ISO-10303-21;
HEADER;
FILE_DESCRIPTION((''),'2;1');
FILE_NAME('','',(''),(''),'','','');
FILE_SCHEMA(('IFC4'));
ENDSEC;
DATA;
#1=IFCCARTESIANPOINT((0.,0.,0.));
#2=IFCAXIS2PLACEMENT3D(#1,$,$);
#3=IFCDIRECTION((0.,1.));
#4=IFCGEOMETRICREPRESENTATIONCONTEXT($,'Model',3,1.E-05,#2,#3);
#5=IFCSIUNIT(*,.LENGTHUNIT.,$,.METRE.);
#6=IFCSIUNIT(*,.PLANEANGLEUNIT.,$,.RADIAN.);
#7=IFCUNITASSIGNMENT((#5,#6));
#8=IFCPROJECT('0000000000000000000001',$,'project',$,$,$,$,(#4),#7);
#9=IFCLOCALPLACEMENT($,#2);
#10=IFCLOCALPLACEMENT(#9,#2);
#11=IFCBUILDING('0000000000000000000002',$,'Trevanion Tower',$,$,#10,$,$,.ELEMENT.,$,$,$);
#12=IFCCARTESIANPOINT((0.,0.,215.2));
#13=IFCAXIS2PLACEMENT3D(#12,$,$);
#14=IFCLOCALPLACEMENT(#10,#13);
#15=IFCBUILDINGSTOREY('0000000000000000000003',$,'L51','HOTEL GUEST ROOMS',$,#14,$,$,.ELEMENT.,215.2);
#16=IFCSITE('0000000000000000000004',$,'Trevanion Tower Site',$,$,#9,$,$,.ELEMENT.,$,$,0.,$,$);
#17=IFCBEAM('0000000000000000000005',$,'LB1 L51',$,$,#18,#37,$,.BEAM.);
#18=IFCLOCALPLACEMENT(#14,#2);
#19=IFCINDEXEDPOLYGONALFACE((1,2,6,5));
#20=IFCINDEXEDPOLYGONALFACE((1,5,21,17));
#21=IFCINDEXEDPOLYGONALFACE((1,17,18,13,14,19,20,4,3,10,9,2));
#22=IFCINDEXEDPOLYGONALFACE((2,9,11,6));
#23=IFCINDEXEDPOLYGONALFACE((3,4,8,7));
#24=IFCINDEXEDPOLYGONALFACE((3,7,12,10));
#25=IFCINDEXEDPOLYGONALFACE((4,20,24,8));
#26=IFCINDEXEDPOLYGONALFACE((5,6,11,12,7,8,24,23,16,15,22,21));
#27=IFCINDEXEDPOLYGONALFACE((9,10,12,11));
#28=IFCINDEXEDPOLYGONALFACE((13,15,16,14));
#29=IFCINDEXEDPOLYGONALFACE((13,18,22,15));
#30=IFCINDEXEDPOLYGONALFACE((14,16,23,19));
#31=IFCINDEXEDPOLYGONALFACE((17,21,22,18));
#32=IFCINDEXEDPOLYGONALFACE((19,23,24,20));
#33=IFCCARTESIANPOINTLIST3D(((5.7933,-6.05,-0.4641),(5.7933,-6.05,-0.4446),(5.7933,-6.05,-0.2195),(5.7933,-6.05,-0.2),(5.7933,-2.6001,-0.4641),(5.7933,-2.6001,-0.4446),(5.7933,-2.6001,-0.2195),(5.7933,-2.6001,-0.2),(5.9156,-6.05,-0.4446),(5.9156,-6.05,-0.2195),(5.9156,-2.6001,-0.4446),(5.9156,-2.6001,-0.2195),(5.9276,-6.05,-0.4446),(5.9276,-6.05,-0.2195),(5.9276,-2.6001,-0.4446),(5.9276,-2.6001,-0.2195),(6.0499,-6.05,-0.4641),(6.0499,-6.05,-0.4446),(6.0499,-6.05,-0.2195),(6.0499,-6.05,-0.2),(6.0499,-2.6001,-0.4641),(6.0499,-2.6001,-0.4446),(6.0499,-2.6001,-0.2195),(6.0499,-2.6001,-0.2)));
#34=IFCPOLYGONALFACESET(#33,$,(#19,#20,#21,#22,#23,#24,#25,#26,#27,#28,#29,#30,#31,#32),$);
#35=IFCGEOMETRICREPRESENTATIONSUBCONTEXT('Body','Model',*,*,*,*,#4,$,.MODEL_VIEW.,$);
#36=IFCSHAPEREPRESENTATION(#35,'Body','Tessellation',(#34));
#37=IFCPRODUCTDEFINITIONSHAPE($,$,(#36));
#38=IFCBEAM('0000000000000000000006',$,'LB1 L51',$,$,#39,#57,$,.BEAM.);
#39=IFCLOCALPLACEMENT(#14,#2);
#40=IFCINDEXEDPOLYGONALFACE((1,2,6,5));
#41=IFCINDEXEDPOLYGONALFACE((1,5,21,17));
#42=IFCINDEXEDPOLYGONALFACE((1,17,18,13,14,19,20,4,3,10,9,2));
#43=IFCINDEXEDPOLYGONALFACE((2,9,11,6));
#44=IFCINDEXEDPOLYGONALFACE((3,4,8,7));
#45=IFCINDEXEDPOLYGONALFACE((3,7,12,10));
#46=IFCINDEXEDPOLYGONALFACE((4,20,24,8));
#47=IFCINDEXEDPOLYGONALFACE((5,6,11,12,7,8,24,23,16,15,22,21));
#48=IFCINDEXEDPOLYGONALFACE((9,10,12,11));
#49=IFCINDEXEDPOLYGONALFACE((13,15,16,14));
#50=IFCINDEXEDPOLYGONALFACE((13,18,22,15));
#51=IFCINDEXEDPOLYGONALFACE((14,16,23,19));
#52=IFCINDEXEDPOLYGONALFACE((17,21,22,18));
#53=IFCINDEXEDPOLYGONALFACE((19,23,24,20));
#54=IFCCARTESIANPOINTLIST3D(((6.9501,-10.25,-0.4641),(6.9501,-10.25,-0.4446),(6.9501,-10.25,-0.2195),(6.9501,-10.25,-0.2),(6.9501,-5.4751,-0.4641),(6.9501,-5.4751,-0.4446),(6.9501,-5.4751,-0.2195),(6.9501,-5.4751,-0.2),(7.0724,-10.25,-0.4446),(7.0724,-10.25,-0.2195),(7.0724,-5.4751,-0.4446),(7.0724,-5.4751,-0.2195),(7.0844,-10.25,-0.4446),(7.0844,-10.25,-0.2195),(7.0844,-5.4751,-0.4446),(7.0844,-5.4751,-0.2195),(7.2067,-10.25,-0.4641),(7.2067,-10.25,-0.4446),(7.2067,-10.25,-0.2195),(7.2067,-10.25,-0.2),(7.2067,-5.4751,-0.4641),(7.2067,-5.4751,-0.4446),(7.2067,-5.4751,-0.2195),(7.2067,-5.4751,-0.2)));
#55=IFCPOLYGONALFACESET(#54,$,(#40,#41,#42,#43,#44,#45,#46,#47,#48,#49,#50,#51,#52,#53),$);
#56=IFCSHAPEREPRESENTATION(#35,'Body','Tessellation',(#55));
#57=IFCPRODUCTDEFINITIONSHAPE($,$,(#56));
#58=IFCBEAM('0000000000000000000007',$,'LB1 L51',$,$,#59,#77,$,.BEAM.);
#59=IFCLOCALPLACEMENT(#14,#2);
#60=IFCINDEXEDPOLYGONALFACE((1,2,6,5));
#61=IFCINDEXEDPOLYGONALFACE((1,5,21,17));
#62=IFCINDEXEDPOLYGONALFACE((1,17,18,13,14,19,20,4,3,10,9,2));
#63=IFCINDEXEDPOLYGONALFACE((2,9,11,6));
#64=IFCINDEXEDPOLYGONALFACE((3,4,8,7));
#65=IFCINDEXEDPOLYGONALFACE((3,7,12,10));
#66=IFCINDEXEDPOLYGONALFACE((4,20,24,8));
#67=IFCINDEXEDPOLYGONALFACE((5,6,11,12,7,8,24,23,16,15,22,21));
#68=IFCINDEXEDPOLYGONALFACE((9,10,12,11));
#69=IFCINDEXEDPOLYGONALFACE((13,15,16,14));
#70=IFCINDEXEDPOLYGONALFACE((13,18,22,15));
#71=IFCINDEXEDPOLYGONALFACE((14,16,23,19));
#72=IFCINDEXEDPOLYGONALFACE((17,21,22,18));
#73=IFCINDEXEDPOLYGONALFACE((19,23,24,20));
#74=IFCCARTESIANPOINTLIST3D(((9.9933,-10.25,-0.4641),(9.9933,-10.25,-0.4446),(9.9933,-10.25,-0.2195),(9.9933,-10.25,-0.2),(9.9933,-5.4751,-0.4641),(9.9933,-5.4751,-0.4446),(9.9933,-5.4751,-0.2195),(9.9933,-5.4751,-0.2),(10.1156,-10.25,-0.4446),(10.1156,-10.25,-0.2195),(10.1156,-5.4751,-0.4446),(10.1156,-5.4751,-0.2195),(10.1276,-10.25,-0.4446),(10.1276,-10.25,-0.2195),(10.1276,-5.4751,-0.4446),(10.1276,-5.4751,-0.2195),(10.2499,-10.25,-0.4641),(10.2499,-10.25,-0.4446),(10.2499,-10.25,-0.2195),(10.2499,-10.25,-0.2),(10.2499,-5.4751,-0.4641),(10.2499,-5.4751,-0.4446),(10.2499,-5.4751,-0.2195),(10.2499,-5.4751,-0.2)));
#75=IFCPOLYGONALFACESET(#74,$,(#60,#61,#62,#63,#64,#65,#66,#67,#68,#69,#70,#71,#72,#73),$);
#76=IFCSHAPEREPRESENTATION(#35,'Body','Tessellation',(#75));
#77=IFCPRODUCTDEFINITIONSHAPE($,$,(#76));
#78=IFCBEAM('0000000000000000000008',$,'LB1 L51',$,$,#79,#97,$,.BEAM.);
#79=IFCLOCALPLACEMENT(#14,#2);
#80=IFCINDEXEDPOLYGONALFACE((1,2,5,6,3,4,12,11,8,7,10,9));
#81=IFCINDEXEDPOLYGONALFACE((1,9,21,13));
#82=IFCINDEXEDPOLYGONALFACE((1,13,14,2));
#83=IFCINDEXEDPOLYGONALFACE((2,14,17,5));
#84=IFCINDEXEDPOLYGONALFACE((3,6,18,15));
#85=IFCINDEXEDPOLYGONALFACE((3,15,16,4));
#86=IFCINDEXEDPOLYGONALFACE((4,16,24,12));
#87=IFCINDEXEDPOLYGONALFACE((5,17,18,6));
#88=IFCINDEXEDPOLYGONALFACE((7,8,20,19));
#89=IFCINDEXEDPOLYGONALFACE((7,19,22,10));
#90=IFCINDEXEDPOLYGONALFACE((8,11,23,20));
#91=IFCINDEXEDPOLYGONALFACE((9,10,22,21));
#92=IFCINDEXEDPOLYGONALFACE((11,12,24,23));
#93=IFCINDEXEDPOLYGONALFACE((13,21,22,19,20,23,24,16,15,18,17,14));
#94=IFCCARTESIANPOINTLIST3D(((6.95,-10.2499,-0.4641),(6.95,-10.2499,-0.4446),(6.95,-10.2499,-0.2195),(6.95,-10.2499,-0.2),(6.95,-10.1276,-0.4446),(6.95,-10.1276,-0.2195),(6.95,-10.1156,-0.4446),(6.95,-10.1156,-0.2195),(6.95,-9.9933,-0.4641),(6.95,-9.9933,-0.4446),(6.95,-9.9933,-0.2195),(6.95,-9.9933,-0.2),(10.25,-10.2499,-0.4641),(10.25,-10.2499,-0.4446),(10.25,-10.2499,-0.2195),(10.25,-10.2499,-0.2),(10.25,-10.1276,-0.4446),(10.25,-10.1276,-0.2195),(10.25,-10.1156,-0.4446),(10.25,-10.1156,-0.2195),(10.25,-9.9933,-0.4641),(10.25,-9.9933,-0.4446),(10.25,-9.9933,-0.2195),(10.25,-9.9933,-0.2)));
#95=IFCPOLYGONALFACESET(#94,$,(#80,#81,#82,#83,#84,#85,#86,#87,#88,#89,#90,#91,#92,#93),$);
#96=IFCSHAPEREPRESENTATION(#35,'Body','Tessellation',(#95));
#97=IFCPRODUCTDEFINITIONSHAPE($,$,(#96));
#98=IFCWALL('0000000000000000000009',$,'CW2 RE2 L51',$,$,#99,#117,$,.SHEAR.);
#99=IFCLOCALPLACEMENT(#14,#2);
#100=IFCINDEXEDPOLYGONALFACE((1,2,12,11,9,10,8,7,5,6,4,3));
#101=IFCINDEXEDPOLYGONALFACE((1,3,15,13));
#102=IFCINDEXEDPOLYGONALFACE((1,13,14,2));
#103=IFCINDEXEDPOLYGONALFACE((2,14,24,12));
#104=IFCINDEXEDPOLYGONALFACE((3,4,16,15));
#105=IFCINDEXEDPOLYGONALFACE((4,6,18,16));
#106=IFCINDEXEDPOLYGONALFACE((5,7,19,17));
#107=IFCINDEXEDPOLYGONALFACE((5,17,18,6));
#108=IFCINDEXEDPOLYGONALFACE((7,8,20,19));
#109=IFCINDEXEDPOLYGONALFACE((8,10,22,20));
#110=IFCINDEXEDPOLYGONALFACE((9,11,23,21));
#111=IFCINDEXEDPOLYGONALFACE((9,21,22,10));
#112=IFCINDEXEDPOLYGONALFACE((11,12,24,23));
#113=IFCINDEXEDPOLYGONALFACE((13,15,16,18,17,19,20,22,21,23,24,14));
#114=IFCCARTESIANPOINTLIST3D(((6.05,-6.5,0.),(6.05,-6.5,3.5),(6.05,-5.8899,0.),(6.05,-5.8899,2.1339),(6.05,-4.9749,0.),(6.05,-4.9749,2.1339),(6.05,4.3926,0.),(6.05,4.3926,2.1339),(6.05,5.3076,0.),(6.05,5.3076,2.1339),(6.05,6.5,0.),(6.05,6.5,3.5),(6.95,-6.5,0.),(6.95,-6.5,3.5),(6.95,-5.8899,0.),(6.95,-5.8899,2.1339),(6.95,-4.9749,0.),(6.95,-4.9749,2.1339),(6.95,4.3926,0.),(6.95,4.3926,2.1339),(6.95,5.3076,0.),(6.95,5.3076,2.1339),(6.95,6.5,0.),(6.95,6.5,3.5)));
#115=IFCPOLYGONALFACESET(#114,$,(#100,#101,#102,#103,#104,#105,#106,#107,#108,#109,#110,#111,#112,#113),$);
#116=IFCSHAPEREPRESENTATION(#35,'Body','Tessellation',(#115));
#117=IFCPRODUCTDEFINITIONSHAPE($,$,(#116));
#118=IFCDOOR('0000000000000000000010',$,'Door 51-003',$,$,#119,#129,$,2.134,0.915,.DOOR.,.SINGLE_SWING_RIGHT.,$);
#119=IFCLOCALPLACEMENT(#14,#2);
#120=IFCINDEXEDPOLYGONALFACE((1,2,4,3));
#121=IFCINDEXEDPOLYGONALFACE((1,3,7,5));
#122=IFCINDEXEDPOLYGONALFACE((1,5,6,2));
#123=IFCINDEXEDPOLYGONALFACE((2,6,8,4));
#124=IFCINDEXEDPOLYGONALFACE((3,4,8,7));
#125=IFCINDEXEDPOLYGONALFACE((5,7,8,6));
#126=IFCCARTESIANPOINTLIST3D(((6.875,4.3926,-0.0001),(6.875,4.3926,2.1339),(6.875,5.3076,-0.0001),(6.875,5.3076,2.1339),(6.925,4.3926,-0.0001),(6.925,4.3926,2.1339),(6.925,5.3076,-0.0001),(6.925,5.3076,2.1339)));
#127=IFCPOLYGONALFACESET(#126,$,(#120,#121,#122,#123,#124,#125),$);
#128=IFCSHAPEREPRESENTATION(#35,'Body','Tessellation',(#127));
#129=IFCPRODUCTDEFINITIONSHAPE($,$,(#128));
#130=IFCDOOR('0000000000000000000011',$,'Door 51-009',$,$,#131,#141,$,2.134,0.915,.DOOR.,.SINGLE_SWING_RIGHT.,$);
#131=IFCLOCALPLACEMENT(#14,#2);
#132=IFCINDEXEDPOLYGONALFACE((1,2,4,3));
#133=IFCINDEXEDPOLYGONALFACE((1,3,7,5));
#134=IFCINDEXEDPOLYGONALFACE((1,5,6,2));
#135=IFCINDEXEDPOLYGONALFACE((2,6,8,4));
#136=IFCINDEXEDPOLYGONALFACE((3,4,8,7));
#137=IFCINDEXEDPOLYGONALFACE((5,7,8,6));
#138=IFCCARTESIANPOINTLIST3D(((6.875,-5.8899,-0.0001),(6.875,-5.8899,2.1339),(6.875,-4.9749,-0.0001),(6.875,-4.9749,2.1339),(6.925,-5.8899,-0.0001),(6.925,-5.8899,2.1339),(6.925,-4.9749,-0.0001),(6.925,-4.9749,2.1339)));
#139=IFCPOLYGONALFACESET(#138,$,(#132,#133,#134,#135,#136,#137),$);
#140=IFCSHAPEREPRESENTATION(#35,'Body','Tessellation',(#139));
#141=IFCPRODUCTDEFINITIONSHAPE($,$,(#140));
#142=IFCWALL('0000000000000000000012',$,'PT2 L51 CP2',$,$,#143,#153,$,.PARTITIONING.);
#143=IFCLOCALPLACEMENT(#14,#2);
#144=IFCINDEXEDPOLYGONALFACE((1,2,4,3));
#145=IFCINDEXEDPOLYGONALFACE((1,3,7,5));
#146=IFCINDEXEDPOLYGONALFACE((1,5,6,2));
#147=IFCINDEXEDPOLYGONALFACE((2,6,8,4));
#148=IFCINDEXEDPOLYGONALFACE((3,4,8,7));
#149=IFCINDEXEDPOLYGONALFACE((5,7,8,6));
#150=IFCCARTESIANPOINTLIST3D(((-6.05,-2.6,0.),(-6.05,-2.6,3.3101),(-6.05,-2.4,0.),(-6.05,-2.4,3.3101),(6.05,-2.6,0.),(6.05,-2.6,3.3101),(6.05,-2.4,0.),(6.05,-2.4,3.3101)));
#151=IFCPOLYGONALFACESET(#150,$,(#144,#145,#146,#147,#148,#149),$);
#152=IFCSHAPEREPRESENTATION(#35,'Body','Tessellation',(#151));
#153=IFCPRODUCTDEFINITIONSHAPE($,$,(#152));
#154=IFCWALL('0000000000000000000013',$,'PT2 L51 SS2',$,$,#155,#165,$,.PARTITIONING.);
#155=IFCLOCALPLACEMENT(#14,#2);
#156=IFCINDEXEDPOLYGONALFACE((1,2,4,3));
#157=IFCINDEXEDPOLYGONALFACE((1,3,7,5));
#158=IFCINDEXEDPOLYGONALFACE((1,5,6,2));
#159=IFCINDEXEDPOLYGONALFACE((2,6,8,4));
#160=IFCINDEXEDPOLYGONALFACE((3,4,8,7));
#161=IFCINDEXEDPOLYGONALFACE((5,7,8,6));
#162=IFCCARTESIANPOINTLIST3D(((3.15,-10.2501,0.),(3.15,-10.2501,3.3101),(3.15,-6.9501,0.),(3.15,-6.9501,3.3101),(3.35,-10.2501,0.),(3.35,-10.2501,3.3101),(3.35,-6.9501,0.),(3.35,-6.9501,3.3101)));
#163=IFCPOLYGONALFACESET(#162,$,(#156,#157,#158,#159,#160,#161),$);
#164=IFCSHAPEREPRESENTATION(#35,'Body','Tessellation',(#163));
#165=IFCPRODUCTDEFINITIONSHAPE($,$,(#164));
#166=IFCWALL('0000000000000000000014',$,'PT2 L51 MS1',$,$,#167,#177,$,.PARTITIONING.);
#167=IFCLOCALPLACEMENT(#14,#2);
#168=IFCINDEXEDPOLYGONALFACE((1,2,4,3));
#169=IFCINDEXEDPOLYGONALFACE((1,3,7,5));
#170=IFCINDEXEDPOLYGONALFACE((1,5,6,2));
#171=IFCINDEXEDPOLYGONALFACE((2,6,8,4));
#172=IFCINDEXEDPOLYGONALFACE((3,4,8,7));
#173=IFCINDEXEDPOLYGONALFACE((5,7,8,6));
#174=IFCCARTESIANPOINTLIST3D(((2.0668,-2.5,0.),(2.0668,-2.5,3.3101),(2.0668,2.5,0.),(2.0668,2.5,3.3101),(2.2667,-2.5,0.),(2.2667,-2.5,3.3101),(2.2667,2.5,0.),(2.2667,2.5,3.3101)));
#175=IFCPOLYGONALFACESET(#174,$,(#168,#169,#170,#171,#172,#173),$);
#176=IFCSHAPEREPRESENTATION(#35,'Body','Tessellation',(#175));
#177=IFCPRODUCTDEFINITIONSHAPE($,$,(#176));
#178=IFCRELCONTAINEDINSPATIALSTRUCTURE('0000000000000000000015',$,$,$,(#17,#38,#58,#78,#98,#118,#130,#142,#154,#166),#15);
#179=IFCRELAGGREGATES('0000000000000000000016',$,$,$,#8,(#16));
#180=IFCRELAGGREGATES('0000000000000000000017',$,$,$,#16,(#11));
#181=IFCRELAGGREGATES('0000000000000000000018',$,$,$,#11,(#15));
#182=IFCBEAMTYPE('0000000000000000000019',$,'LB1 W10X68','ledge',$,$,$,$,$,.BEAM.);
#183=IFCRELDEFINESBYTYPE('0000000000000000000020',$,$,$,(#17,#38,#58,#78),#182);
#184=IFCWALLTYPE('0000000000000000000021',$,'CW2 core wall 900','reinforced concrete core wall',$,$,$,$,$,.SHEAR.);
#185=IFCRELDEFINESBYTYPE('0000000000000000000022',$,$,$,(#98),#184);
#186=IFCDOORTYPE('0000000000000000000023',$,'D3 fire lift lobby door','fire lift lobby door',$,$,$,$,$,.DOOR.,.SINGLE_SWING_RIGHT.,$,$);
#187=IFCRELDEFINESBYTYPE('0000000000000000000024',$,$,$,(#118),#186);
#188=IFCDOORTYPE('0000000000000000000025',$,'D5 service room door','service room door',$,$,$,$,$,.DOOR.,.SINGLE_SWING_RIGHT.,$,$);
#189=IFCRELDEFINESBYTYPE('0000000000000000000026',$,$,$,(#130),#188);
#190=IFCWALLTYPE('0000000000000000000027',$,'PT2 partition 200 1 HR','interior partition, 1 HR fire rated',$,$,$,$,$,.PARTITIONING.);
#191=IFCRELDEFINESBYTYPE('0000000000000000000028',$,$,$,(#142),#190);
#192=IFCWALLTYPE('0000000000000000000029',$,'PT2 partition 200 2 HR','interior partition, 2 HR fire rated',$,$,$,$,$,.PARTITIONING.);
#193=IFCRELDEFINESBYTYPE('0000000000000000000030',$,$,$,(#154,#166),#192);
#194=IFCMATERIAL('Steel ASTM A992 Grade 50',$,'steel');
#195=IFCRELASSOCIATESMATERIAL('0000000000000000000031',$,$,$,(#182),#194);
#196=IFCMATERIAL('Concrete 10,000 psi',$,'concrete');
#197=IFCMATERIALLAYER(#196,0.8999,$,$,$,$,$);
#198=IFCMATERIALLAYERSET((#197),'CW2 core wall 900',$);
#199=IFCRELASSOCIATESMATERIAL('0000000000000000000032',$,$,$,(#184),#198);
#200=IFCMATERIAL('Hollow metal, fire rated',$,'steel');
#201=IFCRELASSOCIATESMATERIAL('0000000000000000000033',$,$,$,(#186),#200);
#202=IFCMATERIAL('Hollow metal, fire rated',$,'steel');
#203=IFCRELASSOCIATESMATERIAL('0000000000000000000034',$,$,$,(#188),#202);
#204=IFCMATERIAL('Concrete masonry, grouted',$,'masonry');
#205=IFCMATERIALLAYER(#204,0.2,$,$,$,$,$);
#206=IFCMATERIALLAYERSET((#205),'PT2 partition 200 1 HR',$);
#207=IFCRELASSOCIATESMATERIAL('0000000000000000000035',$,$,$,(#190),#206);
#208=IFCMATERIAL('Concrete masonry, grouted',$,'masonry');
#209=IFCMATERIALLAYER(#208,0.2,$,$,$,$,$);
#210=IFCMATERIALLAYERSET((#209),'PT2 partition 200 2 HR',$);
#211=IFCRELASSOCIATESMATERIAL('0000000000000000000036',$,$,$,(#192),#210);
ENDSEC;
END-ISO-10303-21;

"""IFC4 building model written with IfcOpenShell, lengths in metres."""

from ifc_helpers import new_model, si_unit, direction, frame, frame_2d, origin, origin_2d, place, context, subcontext, project, spatial, rectangle, i_section, extrude, material, layer, layer_set, material_profile, profile_set, type_object, element, fill, save


model = new_model("IFC4")

# Units and contexts
model_context = context("Model", 3, precision=1e-05, world=origin(), true_north=direction((0.0, 1.0)))
body_context = subcontext(model_context, "Body", "Model", "MODEL_VIEW")
ifc_project = project(units=[si_unit("LENGTHUNIT", "METRE"), si_unit("PLANEANGLEUNIT", "RADIAN")], contexts=[model_context])

# Site, building, storey
site_placement = place(None, origin())
site = spatial("IfcSite", under=ifc_project, at=site_placement, Name="Trevanion Tower Site", CompositionType="ELEMENT", RefElevation=0.0)
building_placement = place(site_placement, origin())
building = spatial("IfcBuilding", under=site, at=building_placement, Name="Trevanion Tower", CompositionType="ELEMENT")
storey_placement = place(building_placement, frame((0.0, 0.0, 215.2)))
storey = spatial("IfcBuildingStorey", under=building, at=storey_placement, Name="L51", Description="HOTEL GUEST ROOMS", CompositionType="ELEMENT", Elevation=215.2)

# Beams
ifc_material_1 = material(Name="Steel ASTM A992 Grade 50", Category="steel")
ifc_material_profile = material_profile(ifc_material_1, i_section(OverallWidth=0.2566, OverallDepth=0.2642, WebThickness=0.012, FlangeThickness=0.0195, at=origin_2d()), Name="W10X68")
ifc_profile_set = profile_set([ifc_material_profile], Name="Steel ASTM A992 Grade 50")
beam_type = type_object("IfcBeamType", Name="LB1 W10X68", Description="ledge", PredefinedType="BEAM", material=ifc_profile_set)
beam_1_placement = place(storey_placement, frame((5.9216, -6.05, -0.332), z_axis=(0.0, 1.0, 0.0), x_axis=(-1.0, 0.0, 0.0)))
element("IfcBeam", 1, at=beam_1_placement, inside=storey, type_object=beam_type, Name="LB1 L51", PredefinedType="BEAM", context=body_context, shape_type="SweptSolid", body=[
    extrude(i_section(OverallWidth=0.2566, OverallDepth=0.2642, WebThickness=0.012, FlangeThickness=0.0195, at=origin_2d()), origin(), (0.0, 0.0, 1.0), 3.45),
])
for number, where, z_axis, x_axis, name in (
    (2, (7.0784, -10.25, -0.332), (0.0, 1.0, 0.0), (-1.0, 0.0, 0.0), "LB1 L51"),
    (3, (10.1216, -10.25, -0.332), (0.0, 1.0, 0.0), (-1.0, 0.0, 0.0), "LB1 L51"),
):
    element("IfcBeam", number, at=place(storey_placement, frame(where, z_axis=z_axis, x_axis=x_axis)), inside=storey, type_object=beam_type, Name=name, PredefinedType="BEAM", context=body_context, shape_type="SweptSolid", body=[
        extrude(i_section(OverallWidth=0.2566, OverallDepth=0.2642, WebThickness=0.012, FlangeThickness=0.0195, at=origin_2d()), origin(), (0.0, 0.0, 1.0), 4.7749),
    ])
beam_2_placement = place(storey_placement, frame((6.95, -10.1216, -0.332), z_axis=(1.0, 0.0, 0.0), x_axis=(0.0, 1.0, 0.0)))
element("IfcBeam", 4, at=beam_2_placement, inside=storey, type_object=beam_type, Name="LB1 L51", PredefinedType="BEAM", context=body_context, shape_type="SweptSolid", body=[
    extrude(i_section(OverallWidth=0.2566, OverallDepth=0.2642, WebThickness=0.012, FlangeThickness=0.0195, at=origin_2d()), origin(), (0.0, 0.0, 1.0), 3.3),
])

# Wall, openings, doors
ifc_material_2 = material(Name="Concrete 10,000 psi", Category="concrete")
ifc_layer_1 = layer(ifc_material_2, 0.8999)
ifc_layer_set_1 = layer_set([ifc_layer_1], Name="CW2 core wall 900")
wall_type_1 = type_object("IfcWallType", Name="CW2 core wall 900", Description="reinforced concrete core wall", PredefinedType="SHEAR", material=ifc_layer_set_1)
wall_1_placement = place(storey_placement, frame((6.5, -6.5, 0.0), z_axis=(0.0, 0.0, 1.0), x_axis=(0.0, 1.0, 0.0)))
wall_1 = element("IfcWall", 5, at=wall_1_placement, inside=storey, type_object=wall_type_1, Name="CW2 RE2 L51", PredefinedType="SHEAR", context=body_context, shape_type="SweptSolid", body=[
    extrude(rectangle(XDim=13.0, YDim=0.8999, at=frame_2d((6.5, 0.0))), origin(), (0.0, 0.0, 1.0), 3.5),
])
opening_1_placement = place(wall_1_placement, frame((10.8926, 0.0, 0.0)))
opening_1 = element("IfcOpeningElement", 6, at=opening_1_placement, cuts=wall_1, PredefinedType="OPENING", context=body_context, shape_type="SweptSolid", body=[
    extrude(rectangle(XDim=0.915, YDim=2.134, at=frame_2d((0.4575, 1.0669))), frame((0.0, 0.46, 0.0), z_axis=(0.0, -1.0, 0.0), x_axis=(1.0, 0.0, 0.0)), (0.0, 0.0, 1.0), 0.9199),
])
opening_2_placement = place(wall_1_placement, frame((0.6101, 0.0, 0.0)))
opening_2 = element("IfcOpeningElement", 7, at=opening_2_placement, cuts=wall_1, PredefinedType="OPENING", context=body_context, shape_type="SweptSolid", body=[
    extrude(rectangle(XDim=0.915, YDim=2.134, at=frame_2d((0.4575, 1.0669))), frame((0.0, 0.46, 0.0), z_axis=(0.0, -1.0, 0.0), x_axis=(1.0, 0.0, 0.0)), (0.0, 0.0, 1.0), 0.9199),
])
ifc_material_3 = material(Name="Hollow metal, fire rated", Category="steel")
door_type_1 = type_object("IfcDoorType", Name="D3 fire lift lobby door", Description="fire lift lobby door", OperationType="SINGLE_SWING_RIGHT", PredefinedType="DOOR", material=ifc_material_3)
door_1_placement = place(opening_1_placement, origin())
door_1 = element("IfcDoor", 8, at=door_1_placement, inside=storey, type_object=door_type_1, Name="Door 51-003", OperationType="SINGLE_SWING_RIGHT", OverallHeight=2.134, OverallWidth=0.915, PredefinedType="DOOR", context=body_context, shape_type="SweptSolid", body=[
    extrude(rectangle(XDim=0.915, YDim=2.134, at=frame_2d((0.4575, 1.0669))), frame((0.0, -0.375, 0.0), z_axis=(0.0, -1.0, 0.0), x_axis=(1.0, 0.0, 0.0)), (0.0, 0.0, 1.0), 0.05),
])
fill(opening_1, door_1)
ifc_material_4 = material(Name="Hollow metal, fire rated", Category="steel")
door_type_2 = type_object("IfcDoorType", Name="D5 service room door", Description="service room door", OperationType="SINGLE_SWING_RIGHT", PredefinedType="DOOR", material=ifc_material_4)
door_2_placement = place(opening_2_placement, origin())
door_2 = element("IfcDoor", 9, at=door_2_placement, inside=storey, type_object=door_type_2, Name="Door 51-009", OperationType="SINGLE_SWING_RIGHT", OverallHeight=2.134, OverallWidth=0.915, PredefinedType="DOOR", context=body_context, shape_type="SweptSolid", body=[
    extrude(rectangle(XDim=0.915, YDim=2.134, at=frame_2d((0.4575, 1.0669))), frame((0.0, -0.375, 0.0), z_axis=(0.0, -1.0, 0.0), x_axis=(1.0, 0.0, 0.0)), (0.0, 0.0, 1.0), 0.05),
])
fill(opening_2, door_2)

# Walls
ifc_material_5 = material(Name="Concrete masonry, grouted", Category="masonry")
ifc_layer_2 = layer(ifc_material_5, 0.2)
ifc_layer_set_2 = layer_set([ifc_layer_2], Name="PT2 partition 200 1 HR")
wall_type_2 = type_object("IfcWallType", Name="PT2 partition 200 1 HR", Description="interior partition, 1 HR fire rated", PredefinedType="PARTITIONING", material=ifc_layer_set_2)
wall_2_placement = place(storey_placement, frame((6.05, -2.5, 0.0), z_axis=(0.0, 0.0, 1.0), x_axis=(-1.0, 0.0, 0.0)))
element("IfcWall", 10, at=wall_2_placement, inside=storey, type_object=wall_type_2, Name="PT2 L51 CP2", PredefinedType="PARTITIONING", context=body_context, shape_type="SweptSolid", body=[
    extrude(rectangle(XDim=12.1001, YDim=0.2, at=frame_2d((6.05, 0.0))), origin(), (0.0, 0.0, 1.0), 3.3101),
])
ifc_material_6 = material(Name="Concrete masonry, grouted", Category="masonry")
ifc_layer_3 = layer(ifc_material_6, 0.2)
ifc_layer_set_3 = layer_set([ifc_layer_3], Name="PT2 partition 200 2 HR")
wall_type_3 = type_object("IfcWallType", Name="PT2 partition 200 2 HR", Description="interior partition, 2 HR fire rated", PredefinedType="PARTITIONING", material=ifc_layer_set_3)
wall_3_placement = place(storey_placement, frame((3.25, -10.25, 0.0), z_axis=(0.0, 0.0, 1.0), x_axis=(0.0, 1.0, 0.0)))
element("IfcWall", 11, at=wall_3_placement, inside=storey, type_object=wall_type_3, Name="PT2 L51 SS2", PredefinedType="PARTITIONING", context=body_context, shape_type="SweptSolid", body=[
    extrude(rectangle(XDim=3.3, YDim=0.2, at=frame_2d((1.6499, 0.0))), origin(), (0.0, 0.0, 1.0), 3.3101),
])
wall_4_placement = place(storey_placement, frame((2.1667, -2.5, 0.0), z_axis=(0.0, 0.0, 1.0), x_axis=(0.0, 1.0, 0.0)))
element("IfcWall", 12, at=wall_4_placement, inside=storey, type_object=wall_type_3, Name="PT2 L51 MS1", PredefinedType="PARTITIONING", context=body_context, shape_type="SweptSolid", body=[
    extrude(rectangle(XDim=5.0, YDim=0.2, at=frame_2d((2.5, 0.0))), origin(), (0.0, 0.0, 1.0), 3.3101),
])

save(model, "model.ifc")
